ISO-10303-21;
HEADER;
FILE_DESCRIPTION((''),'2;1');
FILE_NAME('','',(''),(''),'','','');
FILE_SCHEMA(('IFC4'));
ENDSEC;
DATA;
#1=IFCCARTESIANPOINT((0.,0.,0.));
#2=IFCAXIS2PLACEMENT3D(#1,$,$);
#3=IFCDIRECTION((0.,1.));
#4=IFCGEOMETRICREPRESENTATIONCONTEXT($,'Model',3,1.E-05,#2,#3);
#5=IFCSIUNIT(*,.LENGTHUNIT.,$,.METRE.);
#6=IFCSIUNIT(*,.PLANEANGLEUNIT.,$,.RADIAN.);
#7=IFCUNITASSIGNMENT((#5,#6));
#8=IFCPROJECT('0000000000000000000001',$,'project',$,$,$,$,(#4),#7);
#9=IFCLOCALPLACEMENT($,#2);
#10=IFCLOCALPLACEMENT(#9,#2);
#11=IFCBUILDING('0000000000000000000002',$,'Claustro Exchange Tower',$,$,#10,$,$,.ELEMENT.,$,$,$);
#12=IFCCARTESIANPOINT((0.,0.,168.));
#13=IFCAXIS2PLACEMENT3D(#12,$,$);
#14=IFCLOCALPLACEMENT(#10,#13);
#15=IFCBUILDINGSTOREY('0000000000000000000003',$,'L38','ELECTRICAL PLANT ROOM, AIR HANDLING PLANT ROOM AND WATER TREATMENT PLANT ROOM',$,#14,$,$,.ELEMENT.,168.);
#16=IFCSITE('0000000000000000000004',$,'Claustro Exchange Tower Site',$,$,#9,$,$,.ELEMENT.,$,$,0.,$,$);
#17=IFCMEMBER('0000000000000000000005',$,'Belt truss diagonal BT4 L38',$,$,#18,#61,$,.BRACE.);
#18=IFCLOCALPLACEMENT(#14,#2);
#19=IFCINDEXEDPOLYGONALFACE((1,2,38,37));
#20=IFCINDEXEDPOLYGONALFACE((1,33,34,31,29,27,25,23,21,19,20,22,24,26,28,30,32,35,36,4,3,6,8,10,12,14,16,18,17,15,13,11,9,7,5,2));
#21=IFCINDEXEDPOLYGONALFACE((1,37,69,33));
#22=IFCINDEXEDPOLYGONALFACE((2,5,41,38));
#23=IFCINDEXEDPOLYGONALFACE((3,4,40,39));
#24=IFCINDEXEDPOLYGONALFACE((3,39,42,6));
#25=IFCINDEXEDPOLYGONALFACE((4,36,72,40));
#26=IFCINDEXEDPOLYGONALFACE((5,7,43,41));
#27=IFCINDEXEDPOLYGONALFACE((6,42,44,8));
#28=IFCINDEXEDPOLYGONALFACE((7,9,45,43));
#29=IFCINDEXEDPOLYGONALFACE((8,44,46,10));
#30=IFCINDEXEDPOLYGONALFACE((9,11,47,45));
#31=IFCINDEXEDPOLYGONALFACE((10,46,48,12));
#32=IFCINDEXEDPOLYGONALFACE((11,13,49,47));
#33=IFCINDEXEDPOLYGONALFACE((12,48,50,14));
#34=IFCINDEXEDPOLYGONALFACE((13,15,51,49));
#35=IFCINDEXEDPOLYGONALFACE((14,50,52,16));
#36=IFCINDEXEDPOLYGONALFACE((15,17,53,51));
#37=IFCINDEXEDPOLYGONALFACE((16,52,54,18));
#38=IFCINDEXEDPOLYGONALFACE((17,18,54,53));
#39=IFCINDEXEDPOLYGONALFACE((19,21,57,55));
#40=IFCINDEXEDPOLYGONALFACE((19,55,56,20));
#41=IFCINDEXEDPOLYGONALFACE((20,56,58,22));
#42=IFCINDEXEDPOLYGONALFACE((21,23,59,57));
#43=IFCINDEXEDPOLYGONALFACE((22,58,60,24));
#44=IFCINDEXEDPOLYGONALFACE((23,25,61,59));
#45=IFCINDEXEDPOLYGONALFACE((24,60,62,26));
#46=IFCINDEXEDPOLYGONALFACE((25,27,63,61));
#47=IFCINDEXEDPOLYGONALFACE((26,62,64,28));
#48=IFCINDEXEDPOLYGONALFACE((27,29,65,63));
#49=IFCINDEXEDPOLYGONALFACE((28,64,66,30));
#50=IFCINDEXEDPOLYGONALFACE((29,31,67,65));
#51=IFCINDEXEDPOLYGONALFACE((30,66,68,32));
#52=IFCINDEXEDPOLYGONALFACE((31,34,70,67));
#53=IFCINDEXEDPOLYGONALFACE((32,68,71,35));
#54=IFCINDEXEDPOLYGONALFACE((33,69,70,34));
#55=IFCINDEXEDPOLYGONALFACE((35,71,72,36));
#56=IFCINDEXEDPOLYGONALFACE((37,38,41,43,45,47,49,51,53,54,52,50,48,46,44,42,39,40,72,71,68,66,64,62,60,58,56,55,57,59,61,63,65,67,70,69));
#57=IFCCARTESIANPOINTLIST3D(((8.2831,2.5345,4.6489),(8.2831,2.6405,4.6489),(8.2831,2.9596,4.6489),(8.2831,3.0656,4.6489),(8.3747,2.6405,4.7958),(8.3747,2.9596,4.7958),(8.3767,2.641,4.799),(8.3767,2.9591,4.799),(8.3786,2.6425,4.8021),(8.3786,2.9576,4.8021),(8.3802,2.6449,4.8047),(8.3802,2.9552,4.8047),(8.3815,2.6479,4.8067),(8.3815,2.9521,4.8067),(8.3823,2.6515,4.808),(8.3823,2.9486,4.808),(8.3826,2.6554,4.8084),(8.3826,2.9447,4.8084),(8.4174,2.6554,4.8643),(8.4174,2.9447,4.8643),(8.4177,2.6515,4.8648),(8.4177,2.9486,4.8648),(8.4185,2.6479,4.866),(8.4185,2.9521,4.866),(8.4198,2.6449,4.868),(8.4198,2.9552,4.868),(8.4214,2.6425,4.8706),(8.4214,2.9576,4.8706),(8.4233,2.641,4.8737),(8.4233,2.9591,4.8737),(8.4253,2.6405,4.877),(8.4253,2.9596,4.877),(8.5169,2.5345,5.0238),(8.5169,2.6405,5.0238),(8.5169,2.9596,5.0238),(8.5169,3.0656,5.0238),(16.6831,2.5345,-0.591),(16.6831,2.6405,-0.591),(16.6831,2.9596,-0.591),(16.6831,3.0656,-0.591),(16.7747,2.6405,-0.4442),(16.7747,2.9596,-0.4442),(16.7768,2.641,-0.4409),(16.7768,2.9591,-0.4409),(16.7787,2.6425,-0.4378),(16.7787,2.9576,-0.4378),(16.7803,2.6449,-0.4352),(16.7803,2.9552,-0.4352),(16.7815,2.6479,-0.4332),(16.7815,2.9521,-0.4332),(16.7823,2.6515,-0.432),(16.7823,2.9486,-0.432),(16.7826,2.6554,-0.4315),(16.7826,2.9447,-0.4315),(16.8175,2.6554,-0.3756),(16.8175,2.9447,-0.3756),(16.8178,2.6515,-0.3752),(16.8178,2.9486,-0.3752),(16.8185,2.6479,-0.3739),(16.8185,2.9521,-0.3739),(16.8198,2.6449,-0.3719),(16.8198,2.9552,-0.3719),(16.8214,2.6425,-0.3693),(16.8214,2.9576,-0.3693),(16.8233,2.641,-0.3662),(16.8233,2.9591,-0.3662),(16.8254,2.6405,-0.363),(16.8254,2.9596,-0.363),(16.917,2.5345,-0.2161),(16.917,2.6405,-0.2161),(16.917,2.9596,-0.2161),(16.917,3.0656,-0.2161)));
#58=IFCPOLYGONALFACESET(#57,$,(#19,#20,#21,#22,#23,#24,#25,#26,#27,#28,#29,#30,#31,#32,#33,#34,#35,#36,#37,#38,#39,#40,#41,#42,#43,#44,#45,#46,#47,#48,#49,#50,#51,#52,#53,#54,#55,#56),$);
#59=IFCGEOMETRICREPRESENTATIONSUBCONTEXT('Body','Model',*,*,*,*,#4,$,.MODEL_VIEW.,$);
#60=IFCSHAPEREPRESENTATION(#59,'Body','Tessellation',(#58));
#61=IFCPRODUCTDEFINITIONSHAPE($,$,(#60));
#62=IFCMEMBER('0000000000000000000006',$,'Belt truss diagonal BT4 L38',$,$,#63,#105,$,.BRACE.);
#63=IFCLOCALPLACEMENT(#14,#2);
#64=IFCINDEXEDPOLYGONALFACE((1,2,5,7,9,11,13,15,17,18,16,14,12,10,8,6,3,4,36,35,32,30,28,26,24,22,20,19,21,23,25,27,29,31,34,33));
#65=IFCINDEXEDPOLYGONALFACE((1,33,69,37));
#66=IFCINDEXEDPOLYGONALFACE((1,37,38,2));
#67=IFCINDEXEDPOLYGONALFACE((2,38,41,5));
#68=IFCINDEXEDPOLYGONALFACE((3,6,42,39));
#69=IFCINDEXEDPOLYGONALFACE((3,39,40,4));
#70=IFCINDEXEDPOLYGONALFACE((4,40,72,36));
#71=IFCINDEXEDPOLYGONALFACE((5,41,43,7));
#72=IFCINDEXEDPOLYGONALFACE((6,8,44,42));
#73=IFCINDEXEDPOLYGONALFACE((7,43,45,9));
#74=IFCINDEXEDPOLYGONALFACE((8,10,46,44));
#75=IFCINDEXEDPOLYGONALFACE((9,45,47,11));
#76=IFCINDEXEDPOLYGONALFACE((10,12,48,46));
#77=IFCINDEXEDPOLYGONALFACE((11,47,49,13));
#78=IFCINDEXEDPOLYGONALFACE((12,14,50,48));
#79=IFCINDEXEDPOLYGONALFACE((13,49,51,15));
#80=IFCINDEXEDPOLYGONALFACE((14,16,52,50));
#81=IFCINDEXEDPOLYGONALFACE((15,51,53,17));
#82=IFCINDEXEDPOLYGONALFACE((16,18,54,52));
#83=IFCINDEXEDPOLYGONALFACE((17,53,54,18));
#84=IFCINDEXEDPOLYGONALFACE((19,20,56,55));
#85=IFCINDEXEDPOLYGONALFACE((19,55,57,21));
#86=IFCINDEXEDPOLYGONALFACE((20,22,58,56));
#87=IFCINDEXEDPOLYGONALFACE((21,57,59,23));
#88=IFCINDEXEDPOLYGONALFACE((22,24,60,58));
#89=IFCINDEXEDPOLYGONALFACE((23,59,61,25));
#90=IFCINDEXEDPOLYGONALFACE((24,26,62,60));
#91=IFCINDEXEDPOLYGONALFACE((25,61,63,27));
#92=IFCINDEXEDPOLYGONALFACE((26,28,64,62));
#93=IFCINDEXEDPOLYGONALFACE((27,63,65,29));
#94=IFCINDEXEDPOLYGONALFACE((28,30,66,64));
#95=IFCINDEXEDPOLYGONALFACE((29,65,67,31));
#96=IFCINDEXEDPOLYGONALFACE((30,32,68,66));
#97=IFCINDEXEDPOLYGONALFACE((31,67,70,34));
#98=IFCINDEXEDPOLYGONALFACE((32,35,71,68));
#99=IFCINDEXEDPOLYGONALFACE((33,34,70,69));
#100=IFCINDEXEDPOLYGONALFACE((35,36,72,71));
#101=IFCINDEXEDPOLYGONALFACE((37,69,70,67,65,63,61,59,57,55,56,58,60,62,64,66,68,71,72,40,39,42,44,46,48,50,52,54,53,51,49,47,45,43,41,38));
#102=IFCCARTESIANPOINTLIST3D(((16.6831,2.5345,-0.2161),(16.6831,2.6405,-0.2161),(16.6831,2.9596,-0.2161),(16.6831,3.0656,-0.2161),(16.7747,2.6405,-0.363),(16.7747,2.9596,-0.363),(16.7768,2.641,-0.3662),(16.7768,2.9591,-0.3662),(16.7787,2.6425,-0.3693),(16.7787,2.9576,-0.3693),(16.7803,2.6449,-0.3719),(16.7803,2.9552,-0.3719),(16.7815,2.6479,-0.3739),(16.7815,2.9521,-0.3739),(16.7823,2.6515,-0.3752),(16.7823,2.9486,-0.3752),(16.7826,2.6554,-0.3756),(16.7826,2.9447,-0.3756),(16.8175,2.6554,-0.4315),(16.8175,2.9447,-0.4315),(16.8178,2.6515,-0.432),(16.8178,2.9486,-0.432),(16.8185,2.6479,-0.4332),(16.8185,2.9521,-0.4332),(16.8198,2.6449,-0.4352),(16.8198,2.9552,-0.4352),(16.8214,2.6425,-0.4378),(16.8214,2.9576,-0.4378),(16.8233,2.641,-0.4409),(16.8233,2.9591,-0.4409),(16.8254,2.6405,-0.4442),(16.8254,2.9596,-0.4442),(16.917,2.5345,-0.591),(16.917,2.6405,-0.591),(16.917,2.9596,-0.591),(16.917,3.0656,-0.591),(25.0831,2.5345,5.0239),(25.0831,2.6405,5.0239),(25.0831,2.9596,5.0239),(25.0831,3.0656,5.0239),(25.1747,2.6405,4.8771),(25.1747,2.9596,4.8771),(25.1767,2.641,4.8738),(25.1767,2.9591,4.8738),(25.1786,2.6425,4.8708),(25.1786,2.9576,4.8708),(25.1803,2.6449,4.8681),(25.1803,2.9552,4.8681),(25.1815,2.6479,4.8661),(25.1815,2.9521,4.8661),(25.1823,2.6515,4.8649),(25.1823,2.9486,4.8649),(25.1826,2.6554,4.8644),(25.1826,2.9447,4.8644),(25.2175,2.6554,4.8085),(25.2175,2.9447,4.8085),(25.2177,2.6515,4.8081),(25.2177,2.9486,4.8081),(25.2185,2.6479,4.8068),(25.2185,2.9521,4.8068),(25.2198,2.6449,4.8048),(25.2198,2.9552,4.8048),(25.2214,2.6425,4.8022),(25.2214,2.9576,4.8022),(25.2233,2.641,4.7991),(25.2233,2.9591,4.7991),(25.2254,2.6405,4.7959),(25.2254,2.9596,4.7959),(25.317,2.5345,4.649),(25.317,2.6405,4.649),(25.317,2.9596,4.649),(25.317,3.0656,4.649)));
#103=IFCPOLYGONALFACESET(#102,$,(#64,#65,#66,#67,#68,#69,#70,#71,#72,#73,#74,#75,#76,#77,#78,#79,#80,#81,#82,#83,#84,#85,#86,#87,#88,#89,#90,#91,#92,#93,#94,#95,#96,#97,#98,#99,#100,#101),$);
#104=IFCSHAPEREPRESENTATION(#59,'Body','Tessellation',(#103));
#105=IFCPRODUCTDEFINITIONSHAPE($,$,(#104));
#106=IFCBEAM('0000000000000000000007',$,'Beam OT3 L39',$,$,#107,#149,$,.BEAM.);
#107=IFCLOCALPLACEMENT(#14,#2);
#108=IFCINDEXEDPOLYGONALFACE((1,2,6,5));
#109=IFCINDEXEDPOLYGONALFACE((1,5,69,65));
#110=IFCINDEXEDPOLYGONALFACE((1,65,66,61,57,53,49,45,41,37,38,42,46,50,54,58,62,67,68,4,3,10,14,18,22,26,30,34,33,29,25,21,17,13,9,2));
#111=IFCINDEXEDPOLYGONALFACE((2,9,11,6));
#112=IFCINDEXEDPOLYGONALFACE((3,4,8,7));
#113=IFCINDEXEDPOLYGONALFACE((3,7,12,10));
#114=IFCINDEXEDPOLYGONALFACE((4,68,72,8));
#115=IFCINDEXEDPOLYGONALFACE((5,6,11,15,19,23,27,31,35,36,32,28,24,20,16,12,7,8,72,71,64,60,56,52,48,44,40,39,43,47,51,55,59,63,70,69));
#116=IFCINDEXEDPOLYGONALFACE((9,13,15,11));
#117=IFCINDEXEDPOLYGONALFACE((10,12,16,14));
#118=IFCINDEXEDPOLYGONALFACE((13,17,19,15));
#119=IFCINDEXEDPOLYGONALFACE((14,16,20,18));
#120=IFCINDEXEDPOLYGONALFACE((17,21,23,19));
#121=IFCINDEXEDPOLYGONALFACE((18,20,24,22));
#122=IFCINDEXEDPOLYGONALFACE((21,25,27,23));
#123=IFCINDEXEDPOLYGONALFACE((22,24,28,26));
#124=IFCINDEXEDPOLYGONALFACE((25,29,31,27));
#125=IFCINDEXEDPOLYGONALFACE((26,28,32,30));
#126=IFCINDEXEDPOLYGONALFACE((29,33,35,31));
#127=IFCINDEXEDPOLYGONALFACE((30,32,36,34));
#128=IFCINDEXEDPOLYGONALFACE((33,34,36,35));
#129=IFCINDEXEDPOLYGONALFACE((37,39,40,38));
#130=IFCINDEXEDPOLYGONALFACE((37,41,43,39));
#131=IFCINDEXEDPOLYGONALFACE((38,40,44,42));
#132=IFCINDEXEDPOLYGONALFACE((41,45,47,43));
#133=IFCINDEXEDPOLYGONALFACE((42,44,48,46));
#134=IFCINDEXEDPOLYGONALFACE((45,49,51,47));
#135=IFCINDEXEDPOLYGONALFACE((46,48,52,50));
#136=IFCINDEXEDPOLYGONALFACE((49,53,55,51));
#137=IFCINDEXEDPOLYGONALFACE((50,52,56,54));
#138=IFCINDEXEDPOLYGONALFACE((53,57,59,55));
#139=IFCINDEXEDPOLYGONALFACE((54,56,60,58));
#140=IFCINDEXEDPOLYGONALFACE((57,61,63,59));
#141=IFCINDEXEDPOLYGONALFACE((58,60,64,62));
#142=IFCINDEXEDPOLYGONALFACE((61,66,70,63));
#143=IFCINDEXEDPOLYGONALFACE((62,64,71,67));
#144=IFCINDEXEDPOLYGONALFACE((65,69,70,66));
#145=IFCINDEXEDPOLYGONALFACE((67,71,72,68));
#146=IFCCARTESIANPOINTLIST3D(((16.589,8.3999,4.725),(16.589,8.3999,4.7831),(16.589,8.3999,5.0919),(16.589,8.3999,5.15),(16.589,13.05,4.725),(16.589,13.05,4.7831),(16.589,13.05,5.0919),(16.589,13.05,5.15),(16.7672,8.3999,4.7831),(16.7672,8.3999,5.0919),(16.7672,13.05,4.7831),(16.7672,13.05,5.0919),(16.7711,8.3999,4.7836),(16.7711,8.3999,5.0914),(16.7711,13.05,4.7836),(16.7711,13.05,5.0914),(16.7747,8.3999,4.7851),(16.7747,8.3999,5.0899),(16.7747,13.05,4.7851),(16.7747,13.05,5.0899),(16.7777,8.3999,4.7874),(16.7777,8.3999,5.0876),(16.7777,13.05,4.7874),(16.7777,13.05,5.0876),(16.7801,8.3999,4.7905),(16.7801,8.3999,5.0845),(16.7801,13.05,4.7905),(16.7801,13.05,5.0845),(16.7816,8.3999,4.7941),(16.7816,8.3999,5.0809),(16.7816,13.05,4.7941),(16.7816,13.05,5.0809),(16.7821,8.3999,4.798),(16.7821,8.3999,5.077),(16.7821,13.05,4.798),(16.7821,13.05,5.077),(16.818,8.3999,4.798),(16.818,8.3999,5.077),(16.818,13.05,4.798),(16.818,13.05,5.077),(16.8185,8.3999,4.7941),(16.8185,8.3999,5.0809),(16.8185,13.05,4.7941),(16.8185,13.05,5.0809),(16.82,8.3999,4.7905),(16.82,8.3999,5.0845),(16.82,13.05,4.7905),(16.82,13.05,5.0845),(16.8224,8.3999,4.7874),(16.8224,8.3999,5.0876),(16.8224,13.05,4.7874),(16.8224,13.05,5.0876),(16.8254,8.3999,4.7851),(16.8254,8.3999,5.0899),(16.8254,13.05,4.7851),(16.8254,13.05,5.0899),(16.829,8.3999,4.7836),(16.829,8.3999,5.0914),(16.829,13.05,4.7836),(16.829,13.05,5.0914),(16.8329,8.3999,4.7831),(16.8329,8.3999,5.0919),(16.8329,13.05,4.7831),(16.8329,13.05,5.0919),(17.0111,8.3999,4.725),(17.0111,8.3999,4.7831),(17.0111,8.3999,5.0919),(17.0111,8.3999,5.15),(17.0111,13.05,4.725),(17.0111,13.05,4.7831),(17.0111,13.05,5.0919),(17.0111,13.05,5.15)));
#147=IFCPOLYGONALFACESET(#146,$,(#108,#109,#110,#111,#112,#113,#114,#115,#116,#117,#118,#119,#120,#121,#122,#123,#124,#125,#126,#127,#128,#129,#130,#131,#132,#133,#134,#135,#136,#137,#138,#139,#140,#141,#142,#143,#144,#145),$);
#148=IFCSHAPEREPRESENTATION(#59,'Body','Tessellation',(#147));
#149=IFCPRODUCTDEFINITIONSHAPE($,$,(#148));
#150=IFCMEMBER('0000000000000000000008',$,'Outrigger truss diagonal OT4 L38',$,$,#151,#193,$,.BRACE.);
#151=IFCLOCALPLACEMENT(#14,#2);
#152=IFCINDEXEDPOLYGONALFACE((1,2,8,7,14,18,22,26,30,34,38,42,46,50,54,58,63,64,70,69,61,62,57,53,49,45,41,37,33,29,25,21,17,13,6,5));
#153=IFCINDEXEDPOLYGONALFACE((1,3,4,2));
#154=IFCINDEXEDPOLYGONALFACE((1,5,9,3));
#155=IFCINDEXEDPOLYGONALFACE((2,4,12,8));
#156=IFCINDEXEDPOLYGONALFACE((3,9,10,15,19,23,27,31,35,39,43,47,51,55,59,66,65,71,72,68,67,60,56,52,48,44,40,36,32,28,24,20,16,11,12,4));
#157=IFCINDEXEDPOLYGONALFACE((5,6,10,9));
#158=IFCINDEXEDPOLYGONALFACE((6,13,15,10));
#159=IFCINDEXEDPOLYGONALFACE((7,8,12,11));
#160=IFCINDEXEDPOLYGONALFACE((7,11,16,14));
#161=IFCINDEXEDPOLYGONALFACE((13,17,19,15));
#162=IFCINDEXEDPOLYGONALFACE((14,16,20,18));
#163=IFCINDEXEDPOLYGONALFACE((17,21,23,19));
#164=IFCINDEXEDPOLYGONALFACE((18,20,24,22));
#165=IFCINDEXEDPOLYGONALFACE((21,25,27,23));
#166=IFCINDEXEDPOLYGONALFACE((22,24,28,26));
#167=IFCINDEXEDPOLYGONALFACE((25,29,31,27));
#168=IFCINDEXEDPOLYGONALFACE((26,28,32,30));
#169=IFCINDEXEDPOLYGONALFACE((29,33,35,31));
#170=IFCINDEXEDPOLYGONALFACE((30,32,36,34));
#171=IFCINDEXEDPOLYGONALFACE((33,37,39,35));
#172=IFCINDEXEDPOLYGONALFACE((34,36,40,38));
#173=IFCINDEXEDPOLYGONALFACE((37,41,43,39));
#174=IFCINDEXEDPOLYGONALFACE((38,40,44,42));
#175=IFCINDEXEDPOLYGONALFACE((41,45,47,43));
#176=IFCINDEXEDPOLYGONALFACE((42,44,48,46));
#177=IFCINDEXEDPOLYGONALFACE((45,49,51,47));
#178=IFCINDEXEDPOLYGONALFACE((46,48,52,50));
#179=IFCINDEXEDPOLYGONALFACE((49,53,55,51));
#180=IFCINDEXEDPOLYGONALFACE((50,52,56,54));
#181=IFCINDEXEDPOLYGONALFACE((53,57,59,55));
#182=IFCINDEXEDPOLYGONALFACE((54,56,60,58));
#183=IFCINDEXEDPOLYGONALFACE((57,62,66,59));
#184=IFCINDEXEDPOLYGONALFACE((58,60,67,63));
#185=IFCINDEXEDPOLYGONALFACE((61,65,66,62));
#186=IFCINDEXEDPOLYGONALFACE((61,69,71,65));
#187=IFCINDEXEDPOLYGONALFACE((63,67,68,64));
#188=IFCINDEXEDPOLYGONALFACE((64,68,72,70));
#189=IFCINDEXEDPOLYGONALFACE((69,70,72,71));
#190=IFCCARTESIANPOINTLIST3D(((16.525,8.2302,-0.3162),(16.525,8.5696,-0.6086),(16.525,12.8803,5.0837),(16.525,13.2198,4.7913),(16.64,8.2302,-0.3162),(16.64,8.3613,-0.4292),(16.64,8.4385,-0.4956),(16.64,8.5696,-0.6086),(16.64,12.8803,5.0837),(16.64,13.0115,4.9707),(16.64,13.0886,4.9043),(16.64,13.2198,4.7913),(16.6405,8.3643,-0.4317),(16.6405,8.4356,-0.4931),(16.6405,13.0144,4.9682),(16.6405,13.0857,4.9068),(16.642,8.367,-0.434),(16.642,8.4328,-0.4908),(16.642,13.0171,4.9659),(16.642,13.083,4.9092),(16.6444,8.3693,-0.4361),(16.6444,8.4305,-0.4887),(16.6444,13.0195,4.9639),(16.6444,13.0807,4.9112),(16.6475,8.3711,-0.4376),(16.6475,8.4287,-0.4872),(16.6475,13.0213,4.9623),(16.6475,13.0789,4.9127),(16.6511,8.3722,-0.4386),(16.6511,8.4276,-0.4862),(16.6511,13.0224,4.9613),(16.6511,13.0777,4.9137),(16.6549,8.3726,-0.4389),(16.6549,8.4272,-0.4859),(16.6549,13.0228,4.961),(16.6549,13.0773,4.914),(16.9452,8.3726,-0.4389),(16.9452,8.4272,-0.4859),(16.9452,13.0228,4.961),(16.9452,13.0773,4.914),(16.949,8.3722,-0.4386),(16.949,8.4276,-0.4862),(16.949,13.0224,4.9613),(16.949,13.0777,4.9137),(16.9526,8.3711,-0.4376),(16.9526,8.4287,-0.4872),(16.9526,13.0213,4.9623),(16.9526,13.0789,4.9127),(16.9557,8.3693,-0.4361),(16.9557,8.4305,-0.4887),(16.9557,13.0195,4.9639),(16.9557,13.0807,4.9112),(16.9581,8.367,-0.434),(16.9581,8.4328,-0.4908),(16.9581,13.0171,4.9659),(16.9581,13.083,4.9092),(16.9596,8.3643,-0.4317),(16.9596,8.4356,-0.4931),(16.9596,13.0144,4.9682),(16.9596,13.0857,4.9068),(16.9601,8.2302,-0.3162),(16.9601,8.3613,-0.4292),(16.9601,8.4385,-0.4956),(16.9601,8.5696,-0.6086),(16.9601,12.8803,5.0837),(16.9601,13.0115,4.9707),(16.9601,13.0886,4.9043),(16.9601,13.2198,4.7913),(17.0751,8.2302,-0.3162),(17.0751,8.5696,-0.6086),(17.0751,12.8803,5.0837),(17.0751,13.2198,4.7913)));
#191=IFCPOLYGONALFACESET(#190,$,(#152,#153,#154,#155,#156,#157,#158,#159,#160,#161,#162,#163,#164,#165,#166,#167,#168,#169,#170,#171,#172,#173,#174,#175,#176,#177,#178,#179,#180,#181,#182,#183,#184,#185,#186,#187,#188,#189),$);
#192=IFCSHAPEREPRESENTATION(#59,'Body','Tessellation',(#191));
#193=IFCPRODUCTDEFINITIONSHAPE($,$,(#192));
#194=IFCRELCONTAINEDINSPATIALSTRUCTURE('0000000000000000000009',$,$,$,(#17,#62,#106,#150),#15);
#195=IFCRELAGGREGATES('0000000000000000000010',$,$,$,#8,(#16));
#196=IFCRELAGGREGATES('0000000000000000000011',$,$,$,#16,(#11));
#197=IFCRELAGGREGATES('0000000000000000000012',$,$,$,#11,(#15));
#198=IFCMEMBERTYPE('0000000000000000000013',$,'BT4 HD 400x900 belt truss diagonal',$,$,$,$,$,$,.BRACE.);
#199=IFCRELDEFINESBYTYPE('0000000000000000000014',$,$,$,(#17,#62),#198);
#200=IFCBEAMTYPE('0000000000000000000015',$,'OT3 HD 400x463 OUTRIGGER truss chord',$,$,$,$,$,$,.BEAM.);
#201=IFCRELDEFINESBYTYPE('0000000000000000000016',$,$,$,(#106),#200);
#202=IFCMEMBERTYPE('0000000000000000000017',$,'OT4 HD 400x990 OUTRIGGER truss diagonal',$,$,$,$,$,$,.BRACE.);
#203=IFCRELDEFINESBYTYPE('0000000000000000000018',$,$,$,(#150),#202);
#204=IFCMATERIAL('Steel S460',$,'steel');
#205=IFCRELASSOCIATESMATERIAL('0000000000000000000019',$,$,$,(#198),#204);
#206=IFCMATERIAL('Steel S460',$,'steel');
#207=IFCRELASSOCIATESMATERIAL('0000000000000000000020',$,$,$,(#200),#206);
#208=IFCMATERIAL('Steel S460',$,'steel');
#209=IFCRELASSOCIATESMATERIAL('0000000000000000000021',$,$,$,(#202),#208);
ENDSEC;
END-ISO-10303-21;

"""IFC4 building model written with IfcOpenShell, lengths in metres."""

from ifc_helpers import new_model, si_unit, direction, frame, origin, origin_2d, place, context, subcontext, project, spatial, i_section, extrude, material, material_profile, profile_set, type_object, element, save


model = new_model("IFC4")

# Units and contexts
model_context = context("Model", 3, precision=1e-05, world=origin(), true_north=direction((0.0, 1.0)))
body_context = subcontext(model_context, "Body", "Model", "MODEL_VIEW")
ifc_project = project(units=[si_unit("LENGTHUNIT", "METRE"), si_unit("PLANEANGLEUNIT", "RADIAN")], contexts=[model_context])

# Site, building, storey
site_placement = place(None, origin())
site = spatial("IfcSite", under=ifc_project, at=site_placement, Name="Claustro Exchange Tower Site", CompositionType="ELEMENT", RefElevation=0.0)
building_placement = place(site_placement, origin())
building = spatial("IfcBuilding", under=site, at=building_placement, Name="Claustro Exchange Tower", CompositionType="ELEMENT")
storey_placement = place(building_placement, frame((0.0, 0.0, 168.0)))
storey = spatial("IfcBuildingStorey", under=building, at=storey_placement, Name="L38", Description="ELECTRICAL PLANT ROOM, AIR HANDLING PLANT ROOM AND WATER TREATMENT PLANT ROOM", CompositionType="ELEMENT", Elevation=168.0)

# Members
ifc_material_1 = material(Name="Steel S460", Category="steel")
ifc_material_profile_1 = material_profile(ifc_material_1, i_section(OverallWidth=0.4419, OverallDepth=0.531, WebThickness=0.0659, FlangeThickness=0.106, FilletRadius=0.0149, at=origin_2d()), Name="HD 400x900")
ifc_profile_set_1 = profile_set([ifc_material_profile_1], Name="Steel S460")
member_type_1 = type_object("IfcMemberType", Name="BT4 HD 400x900 belt truss diagonal", PredefinedType="BRACE", material=ifc_profile_set_1)
for number, where, z_axis, x_axis, name in (
    (1, (16.8, 2.8, -0.4036), (-0.848457, 0.0, 0.529265), (0.529265, 0.0, 0.848457), "Belt truss diagonal BT4 L38"),
    (2, (16.8, 2.8, -0.4036), (0.84845, 0.0, 0.529276), (-0.529276, 0.0, 0.84845), "Belt truss diagonal BT4 L38"),
):
    element("IfcMember", number, at=place(storey_placement, frame(where, z_axis=z_axis, x_axis=x_axis)), inside=storey, type_object=member_type_1, Name=name, PredefinedType="BRACE", context=body_context, shape_type="SweptSolid", body=[
        extrude(i_section(OverallWidth=0.4419, OverallDepth=0.531, WebThickness=0.0659, FlangeThickness=0.106, FilletRadius=0.0149, at=origin_2d()), origin(), (0.0, 0.0, 1.0), 9.9004),
    ])

# Beam
ifc_material_2 = material(Name="Steel S460", Category="steel")
ifc_material_profile_2 = material_profile(ifc_material_2, i_section(OverallWidth=0.4221, OverallDepth=0.425, WebThickness=0.0359, FlangeThickness=0.0581, FilletRadius=0.0149, at=origin_2d()), Name="HD 400x463")
ifc_profile_set_2 = profile_set([ifc_material_profile_2], Name="Steel S460")
beam_type_1 = type_object("IfcBeamType", Name="OT3 HD 400x463 OUTRIGGER truss chord", PredefinedType="BEAM", material=ifc_profile_set_2)
beam_1_placement = place(storey_placement, frame((16.8, 8.3999, 4.9375), z_axis=(0.0, 1.0, 0.0), x_axis=(-1.0, 0.0, 0.0)))
element("IfcBeam", 3, at=beam_1_placement, inside=storey, type_object=beam_type_1, Name="Beam OT3 L39", PredefinedType="BEAM", context=body_context, shape_type="SweptSolid", body=[
    extrude(i_section(OverallWidth=0.4221, OverallDepth=0.425, WebThickness=0.0359, FlangeThickness=0.0581, FilletRadius=0.0149, at=origin_2d()), origin(), (0.0, 0.0, 1.0), 4.6501),
])

# Member
ifc_material_3 = material(Name="Steel S460", Category="steel")
ifc_material_profile_3 = material_profile(ifc_material_3, i_section(OverallWidth=0.448, OverallDepth=0.55, WebThickness=0.072, FlangeThickness=0.115, FilletRadius=0.0149, at=origin_2d()), Name="HD 400x990")
ifc_profile_set_3 = profile_set([ifc_material_profile_3], Name="Steel S460")
member_type_2 = type_object("IfcMemberType", Name="OT4 HD 400x990 OUTRIGGER truss diagonal", PredefinedType="BRACE", material=ifc_profile_set_3)
member_placement = place(storey_placement, frame((16.8, 8.3999, -0.4624), z_axis=(0.0, 0.652542, 0.757753), x_axis=(0.0, -0.757753, 0.652542)))
element("IfcMember", 4, at=member_placement, inside=storey, type_object=member_type_2, Name="Outrigger truss diagonal OT4 L38", PredefinedType="BRACE", context=body_context, shape_type="SweptSolid", body=[
    extrude(i_section(OverallWidth=0.448, OverallDepth=0.55, WebThickness=0.072, FlangeThickness=0.115, FilletRadius=0.0149, at=origin_2d()), origin(), (0.0, 0.0, 1.0), 7.1262),
])

save(model, "model.ifc")
